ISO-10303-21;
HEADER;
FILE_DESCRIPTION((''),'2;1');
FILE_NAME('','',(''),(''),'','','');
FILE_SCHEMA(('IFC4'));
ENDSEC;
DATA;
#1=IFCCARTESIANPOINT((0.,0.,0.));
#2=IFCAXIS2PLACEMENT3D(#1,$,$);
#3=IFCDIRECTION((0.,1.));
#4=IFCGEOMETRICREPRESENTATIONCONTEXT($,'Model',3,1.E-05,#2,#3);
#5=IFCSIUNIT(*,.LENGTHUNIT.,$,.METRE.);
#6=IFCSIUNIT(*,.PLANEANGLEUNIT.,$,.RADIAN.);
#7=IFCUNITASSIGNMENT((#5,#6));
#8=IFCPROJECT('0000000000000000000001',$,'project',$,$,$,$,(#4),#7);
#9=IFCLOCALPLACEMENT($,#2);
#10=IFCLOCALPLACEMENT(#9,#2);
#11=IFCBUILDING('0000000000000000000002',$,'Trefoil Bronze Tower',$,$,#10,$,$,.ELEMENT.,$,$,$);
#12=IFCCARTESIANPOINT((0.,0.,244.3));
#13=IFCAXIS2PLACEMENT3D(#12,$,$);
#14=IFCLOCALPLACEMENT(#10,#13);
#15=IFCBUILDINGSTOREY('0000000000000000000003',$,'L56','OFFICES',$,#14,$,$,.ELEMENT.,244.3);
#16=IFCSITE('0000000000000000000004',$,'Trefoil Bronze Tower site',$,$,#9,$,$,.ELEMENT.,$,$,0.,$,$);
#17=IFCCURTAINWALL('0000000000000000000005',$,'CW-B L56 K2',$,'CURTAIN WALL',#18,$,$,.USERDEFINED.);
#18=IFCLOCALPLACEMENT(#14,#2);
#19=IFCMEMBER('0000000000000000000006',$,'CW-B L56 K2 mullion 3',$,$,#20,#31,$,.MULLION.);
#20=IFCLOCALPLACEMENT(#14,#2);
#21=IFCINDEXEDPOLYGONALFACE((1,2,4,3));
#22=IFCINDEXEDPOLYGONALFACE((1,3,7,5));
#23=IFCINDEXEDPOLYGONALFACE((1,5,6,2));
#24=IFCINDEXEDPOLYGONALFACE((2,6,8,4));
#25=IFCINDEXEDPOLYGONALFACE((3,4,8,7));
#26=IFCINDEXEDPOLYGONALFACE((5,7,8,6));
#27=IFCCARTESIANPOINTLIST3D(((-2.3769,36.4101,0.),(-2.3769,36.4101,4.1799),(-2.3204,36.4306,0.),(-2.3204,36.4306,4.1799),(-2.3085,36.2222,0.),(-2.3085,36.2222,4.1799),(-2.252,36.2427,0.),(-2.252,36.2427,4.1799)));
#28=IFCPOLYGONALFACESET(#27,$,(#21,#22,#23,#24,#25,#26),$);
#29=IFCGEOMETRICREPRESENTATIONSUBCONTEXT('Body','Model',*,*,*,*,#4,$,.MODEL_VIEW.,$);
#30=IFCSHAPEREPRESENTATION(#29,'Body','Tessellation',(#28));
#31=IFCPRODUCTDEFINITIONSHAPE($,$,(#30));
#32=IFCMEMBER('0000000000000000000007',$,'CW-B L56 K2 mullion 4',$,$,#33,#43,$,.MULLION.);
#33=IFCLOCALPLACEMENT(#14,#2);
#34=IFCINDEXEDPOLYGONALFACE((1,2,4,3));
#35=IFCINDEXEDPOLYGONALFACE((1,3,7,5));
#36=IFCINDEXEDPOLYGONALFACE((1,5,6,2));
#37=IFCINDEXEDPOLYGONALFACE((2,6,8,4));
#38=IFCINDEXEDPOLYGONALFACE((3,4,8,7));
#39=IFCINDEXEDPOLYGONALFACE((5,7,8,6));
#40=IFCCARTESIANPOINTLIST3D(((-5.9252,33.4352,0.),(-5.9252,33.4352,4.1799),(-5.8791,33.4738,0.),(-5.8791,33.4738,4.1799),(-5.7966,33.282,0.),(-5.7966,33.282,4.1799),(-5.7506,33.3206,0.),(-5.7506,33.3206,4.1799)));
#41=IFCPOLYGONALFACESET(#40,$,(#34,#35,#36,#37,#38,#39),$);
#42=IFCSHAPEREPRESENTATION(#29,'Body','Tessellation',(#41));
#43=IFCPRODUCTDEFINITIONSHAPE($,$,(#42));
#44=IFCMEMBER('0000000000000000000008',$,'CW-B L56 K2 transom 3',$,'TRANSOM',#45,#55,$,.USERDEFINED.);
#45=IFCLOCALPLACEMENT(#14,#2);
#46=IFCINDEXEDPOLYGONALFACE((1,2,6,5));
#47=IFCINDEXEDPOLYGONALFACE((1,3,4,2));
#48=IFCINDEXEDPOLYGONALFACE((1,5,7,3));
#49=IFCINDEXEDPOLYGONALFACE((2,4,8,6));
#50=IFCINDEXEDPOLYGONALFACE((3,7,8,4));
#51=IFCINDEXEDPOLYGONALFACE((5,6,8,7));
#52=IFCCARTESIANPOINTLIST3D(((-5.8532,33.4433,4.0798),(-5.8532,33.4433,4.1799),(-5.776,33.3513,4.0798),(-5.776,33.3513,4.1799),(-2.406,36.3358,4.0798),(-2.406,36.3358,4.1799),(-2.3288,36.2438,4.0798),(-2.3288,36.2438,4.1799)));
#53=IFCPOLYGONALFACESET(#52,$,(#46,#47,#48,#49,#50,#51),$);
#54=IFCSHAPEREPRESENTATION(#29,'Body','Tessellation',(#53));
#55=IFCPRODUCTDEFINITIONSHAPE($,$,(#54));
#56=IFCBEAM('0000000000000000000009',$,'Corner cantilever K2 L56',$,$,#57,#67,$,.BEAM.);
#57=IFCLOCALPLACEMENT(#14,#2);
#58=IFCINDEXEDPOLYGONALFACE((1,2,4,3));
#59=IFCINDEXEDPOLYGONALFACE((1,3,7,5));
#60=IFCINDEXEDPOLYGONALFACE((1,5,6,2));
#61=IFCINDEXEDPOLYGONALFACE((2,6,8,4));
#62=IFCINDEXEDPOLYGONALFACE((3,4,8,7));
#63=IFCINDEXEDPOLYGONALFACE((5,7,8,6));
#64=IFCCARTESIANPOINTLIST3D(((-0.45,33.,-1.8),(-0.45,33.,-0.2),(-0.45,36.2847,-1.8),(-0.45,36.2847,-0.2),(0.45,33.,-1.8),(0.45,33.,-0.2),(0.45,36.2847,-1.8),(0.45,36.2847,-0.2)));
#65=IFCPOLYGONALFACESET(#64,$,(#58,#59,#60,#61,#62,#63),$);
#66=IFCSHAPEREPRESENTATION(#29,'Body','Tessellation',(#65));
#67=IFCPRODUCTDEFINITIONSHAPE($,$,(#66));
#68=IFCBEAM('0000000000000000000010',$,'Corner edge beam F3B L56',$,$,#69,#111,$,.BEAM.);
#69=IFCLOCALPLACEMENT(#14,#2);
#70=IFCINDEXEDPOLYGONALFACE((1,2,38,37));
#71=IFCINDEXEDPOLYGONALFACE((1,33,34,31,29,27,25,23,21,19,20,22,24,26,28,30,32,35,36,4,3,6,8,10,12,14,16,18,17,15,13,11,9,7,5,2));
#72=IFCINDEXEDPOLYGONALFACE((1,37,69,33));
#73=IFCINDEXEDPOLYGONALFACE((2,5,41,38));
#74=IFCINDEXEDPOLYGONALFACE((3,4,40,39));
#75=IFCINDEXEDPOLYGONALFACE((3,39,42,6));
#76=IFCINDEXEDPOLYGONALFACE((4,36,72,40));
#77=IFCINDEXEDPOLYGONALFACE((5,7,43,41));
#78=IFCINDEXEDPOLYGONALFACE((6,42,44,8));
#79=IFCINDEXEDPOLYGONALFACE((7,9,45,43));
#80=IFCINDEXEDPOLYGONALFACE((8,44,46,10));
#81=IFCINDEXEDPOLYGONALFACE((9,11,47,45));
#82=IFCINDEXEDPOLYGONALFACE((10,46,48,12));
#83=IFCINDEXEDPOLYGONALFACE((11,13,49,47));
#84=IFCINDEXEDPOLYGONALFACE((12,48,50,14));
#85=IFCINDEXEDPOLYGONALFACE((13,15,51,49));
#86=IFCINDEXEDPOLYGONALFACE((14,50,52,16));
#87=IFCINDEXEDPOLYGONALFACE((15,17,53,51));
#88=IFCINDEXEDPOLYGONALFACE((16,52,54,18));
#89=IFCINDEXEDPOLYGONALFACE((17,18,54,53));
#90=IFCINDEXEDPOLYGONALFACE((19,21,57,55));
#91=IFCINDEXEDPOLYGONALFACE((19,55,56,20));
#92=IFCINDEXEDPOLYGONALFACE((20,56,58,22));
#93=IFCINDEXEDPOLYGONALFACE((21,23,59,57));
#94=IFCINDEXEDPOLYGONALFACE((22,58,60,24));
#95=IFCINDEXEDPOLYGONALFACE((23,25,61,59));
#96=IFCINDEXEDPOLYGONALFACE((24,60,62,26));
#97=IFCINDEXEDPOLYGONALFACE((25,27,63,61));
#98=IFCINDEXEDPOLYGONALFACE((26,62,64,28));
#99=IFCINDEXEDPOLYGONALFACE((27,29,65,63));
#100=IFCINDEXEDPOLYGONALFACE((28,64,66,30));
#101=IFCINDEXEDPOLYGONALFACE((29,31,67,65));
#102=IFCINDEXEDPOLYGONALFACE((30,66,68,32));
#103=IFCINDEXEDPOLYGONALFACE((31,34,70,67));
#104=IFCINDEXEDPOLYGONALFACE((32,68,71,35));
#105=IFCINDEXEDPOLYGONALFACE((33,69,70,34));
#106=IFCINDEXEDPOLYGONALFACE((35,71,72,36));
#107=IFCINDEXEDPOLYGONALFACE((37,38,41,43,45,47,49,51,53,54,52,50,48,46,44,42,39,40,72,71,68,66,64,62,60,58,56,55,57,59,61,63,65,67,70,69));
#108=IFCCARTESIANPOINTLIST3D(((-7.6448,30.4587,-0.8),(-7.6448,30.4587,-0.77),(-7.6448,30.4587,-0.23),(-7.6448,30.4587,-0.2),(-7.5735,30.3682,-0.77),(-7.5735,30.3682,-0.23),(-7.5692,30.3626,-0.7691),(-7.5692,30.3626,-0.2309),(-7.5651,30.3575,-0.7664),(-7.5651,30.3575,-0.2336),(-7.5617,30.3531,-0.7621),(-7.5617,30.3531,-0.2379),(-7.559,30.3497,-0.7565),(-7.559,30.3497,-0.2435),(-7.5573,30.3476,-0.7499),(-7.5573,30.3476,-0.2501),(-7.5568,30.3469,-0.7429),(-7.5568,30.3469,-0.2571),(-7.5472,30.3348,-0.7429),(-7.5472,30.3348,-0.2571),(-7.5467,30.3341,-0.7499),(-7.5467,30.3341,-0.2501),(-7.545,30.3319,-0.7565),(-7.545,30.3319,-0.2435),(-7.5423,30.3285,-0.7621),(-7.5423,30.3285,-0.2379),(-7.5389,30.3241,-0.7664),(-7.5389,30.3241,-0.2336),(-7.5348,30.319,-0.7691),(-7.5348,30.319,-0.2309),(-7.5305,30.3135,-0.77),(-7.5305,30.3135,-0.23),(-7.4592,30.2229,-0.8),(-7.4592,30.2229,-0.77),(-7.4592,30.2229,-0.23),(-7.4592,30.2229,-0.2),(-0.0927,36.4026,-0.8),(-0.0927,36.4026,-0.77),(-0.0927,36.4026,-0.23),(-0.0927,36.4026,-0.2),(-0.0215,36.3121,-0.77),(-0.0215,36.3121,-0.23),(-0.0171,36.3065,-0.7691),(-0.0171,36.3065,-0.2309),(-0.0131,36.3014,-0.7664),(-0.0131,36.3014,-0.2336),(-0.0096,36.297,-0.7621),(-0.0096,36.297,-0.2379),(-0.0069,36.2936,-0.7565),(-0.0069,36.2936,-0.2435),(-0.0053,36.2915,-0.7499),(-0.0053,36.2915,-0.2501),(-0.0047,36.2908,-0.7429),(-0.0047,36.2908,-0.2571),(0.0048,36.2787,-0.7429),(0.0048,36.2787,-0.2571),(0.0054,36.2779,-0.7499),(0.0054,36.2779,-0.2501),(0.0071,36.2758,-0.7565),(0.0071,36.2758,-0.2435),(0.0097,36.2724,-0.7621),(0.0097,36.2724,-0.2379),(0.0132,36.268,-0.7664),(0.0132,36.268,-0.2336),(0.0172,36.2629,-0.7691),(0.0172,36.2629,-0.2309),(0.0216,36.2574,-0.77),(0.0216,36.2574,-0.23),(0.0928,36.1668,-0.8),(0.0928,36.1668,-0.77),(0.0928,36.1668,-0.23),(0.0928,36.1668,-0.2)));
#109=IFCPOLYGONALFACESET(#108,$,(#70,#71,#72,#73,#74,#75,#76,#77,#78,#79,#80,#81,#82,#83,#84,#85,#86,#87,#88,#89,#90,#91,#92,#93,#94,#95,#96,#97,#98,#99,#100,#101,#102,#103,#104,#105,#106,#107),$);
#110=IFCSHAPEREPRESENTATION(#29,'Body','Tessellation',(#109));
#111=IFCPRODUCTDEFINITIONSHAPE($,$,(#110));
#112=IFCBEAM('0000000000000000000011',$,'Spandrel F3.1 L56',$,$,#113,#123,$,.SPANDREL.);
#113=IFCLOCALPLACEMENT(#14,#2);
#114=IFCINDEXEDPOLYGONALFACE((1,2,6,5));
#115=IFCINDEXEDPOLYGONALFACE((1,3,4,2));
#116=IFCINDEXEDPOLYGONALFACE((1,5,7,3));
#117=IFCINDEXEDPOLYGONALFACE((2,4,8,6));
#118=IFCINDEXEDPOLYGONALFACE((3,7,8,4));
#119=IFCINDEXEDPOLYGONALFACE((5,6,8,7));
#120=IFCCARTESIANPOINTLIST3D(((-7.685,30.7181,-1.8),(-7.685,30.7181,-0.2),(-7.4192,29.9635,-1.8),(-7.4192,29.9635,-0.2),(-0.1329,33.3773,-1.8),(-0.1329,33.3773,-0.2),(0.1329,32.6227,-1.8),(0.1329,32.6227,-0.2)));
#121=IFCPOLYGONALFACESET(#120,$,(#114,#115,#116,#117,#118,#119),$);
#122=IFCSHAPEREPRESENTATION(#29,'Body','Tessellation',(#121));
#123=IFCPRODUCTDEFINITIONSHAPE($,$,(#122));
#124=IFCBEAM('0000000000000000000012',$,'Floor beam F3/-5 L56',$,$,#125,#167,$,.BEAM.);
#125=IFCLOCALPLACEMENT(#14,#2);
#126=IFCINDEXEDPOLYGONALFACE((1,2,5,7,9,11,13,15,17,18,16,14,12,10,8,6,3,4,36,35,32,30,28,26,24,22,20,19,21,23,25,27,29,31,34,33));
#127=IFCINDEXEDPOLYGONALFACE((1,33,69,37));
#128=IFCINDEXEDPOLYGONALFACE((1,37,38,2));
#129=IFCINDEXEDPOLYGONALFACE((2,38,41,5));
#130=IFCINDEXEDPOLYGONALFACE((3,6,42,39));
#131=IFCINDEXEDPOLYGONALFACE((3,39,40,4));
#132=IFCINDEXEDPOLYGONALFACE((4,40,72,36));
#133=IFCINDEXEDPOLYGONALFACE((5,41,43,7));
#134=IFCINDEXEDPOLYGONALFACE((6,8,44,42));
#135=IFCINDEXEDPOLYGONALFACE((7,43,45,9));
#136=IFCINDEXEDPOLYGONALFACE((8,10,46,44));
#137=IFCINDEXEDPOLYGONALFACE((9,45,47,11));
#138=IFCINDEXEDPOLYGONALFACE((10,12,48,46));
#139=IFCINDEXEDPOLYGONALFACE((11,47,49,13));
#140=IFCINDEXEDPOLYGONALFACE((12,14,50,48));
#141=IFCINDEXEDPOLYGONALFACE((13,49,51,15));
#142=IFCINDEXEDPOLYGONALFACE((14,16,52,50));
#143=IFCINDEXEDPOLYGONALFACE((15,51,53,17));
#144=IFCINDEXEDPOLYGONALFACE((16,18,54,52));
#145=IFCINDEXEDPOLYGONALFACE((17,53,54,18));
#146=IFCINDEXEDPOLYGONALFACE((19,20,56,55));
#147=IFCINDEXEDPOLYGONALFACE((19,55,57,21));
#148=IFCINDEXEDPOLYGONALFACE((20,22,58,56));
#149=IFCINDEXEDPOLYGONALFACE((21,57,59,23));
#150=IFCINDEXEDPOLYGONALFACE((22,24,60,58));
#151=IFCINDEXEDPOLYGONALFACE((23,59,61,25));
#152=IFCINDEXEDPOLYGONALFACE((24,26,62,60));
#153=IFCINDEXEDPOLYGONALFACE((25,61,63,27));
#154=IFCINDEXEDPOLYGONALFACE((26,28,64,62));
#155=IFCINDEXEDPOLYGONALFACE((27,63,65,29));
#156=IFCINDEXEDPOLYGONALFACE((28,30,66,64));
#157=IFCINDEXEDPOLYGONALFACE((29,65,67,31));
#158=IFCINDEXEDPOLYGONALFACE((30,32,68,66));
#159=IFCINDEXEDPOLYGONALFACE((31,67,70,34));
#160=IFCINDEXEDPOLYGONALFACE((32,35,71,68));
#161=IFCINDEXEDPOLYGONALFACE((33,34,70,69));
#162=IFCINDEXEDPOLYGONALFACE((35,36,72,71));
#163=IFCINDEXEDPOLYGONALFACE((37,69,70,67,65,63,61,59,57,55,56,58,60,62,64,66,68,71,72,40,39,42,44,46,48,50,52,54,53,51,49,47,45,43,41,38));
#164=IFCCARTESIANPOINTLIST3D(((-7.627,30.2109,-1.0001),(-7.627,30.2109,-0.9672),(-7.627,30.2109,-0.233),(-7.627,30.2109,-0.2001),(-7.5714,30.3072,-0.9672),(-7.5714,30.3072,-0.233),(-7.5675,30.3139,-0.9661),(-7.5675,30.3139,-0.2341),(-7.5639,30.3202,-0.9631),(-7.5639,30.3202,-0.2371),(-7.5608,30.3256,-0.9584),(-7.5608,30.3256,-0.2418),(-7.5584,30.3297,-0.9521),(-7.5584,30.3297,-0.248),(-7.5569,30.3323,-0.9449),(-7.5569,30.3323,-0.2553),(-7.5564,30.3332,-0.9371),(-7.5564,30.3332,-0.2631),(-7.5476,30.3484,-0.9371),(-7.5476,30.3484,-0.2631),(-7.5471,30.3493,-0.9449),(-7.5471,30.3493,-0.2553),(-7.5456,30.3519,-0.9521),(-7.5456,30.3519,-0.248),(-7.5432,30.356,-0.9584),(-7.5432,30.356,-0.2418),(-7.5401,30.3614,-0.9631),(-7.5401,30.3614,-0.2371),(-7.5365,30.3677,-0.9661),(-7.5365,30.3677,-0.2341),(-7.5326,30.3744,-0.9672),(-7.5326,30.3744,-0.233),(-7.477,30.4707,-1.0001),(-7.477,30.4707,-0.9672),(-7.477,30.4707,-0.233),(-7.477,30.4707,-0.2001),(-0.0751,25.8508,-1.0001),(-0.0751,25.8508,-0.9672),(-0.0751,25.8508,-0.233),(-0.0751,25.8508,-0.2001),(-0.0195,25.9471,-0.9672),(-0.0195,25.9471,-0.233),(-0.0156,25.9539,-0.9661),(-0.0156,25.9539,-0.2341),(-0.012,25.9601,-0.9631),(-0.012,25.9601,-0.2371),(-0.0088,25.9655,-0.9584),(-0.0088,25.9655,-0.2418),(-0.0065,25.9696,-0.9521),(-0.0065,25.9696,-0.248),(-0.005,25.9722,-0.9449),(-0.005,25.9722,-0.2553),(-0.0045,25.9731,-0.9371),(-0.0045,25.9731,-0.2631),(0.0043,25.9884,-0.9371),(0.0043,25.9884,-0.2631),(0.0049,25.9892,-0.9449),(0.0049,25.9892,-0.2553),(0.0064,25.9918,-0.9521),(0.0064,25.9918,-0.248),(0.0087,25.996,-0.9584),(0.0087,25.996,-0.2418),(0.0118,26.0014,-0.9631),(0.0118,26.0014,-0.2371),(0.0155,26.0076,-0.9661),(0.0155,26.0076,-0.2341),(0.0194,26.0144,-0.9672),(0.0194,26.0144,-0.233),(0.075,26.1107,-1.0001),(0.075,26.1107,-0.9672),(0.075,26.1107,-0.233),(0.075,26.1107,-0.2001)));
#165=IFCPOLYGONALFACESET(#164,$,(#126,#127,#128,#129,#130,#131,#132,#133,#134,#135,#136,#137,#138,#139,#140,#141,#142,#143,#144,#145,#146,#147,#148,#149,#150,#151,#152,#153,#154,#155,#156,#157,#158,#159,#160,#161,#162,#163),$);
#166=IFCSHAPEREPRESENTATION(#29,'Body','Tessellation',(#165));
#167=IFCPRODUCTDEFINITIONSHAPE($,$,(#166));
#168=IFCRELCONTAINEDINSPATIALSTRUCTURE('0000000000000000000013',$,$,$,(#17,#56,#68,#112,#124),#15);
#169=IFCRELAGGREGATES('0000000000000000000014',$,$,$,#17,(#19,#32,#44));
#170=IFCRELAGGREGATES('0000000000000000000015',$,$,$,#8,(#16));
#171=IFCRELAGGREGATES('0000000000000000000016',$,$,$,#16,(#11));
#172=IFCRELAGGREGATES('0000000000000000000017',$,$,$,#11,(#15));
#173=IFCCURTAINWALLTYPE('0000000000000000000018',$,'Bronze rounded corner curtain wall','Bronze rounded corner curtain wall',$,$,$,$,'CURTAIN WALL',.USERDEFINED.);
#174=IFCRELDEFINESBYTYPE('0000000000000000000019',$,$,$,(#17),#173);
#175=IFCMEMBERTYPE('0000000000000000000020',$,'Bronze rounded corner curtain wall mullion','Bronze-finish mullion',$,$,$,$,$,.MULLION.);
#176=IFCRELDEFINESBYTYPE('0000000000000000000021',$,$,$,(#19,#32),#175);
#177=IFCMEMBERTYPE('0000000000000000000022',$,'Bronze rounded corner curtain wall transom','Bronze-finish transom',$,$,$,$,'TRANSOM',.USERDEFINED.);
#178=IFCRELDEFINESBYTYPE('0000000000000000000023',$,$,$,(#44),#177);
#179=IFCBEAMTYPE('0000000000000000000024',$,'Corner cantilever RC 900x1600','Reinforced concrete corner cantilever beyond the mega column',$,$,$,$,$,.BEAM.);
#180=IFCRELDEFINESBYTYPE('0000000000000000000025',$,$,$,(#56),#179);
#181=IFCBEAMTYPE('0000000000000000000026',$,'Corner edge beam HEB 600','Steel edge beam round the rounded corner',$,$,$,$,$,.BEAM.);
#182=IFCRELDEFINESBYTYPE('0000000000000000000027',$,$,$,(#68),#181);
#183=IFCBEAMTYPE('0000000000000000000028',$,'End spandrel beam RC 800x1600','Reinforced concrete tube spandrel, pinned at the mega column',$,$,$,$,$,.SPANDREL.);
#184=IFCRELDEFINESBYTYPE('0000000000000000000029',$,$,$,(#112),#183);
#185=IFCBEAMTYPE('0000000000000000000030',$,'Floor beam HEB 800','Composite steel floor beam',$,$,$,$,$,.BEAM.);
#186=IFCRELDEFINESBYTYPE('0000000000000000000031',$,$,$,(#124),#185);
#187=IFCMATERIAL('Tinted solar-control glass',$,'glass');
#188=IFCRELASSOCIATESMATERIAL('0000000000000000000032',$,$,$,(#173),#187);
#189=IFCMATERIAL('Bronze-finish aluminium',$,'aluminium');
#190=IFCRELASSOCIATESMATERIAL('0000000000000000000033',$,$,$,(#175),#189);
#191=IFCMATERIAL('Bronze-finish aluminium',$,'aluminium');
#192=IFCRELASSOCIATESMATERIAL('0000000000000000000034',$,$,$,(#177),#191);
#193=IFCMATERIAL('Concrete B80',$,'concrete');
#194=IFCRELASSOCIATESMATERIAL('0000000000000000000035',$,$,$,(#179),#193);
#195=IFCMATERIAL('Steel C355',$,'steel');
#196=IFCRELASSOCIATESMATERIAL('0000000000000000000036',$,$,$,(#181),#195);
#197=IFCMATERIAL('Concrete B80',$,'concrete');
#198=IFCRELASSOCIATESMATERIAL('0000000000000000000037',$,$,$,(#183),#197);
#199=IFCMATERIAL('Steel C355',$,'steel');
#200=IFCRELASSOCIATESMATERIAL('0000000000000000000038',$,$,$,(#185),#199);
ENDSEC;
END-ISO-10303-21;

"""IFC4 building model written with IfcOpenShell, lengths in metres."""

from ifc_helpers import new_model, si_unit, direction, frame, origin, origin_2d, place, context, subcontext, project, spatial, rectangle, i_section, extrude, material, material_profile, profile_set, type_object, element, aggregate, save


model = new_model("IFC4")

# Units and contexts
model_context = context("Model", 3, precision=1e-05, world=origin(), true_north=direction((0.0, 1.0)))
body_context = subcontext(model_context, "Body", "Model", "MODEL_VIEW")
ifc_project = project(units=[si_unit("LENGTHUNIT", "METRE"), si_unit("PLANEANGLEUNIT", "RADIAN")], contexts=[model_context])

# Site, building, storey
site_placement = place(None, origin())
site = spatial("IfcSite", under=ifc_project, at=site_placement, Name="Trefoil Bronze Tower site", CompositionType="ELEMENT", RefElevation=0.0)
building_placement = place(site_placement, origin())
building = spatial("IfcBuilding", under=site, at=building_placement, Name="Trefoil Bronze Tower", CompositionType="ELEMENT")
storey_placement = place(building_placement, frame((0.0, 0.0, 244.3)))
storey = spatial("IfcBuildingStorey", under=building, at=storey_placement, Name="L56", Description="OFFICES", CompositionType="ELEMENT", Elevation=244.3)

# Curtain wall, members
ifc_material_1 = material(Name="Tinted solar-control glass", Category="glass")
curtain_wall_type_1 = type_object("IfcCurtainWallType", Name="Bronze rounded corner curtain wall", Description="Bronze rounded corner curtain wall", ElementType="CURTAIN WALL", PredefinedType="USERDEFINED", material=ifc_material_1)
curtain_wall_1_placement = place(storey_placement, origin())
curtain_wall_1 = element("IfcCurtainWall", 1, at=curtain_wall_1_placement, inside=storey, type_object=curtain_wall_type_1, Name="CW-B L56 K2", ObjectType="CURTAIN WALL", PredefinedType="USERDEFINED")
ifc_material_2 = material(Name="Bronze-finish aluminium", Category="aluminium")
ifc_material_profile_1 = material_profile(ifc_material_2, rectangle(XDim=0.2, YDim=0.0601, at=origin_2d()), Name="CW-B mullion")
ifc_profile_set_1 = profile_set([ifc_material_profile_1], Name="Bronze-finish aluminium")
member_type_1 = type_object("IfcMemberType", Name="Bronze rounded corner curtain wall mullion", Description="Bronze-finish mullion", PredefinedType="MULLION", material=ifc_profile_set_1)
member_1_placement = place(storey_placement, frame((-2.3145, 36.3264, 0.0), z_axis=(0.0, 0.0, 1.0), x_axis=(0.34202, -0.939693, 0.0)))
member_1 = element("IfcMember", 2, at=member_1_placement, type_object=member_type_1, Name="CW-B L56 K2 mullion 3", PredefinedType="MULLION", context=body_context, shape_type="SweptSolid", body=[
    extrude(rectangle(XDim=0.2, YDim=0.0601, at=origin_2d()), origin(), (0.0, 0.0, 1.0), 4.1799),
])
member_2_placement = place(storey_placement, frame((-5.8379, 33.3779, 0.0), z_axis=(0.0, 0.0, 1.0), x_axis=(0.642788, -0.766044, 0.0)))
member_2 = element("IfcMember", 3, at=member_2_placement, type_object=member_type_1, Name="CW-B L56 K2 mullion 4", PredefinedType="MULLION", context=body_context, shape_type="SweptSolid", body=[
    extrude(rectangle(XDim=0.2, YDim=0.0601, at=origin_2d()), origin(), (0.0, 0.0, 1.0), 4.1799),
])
ifc_material_3 = material(Name="Bronze-finish aluminium", Category="aluminium")
ifc_material_profile_2 = material_profile(ifc_material_3, rectangle(XDim=0.1201, YDim=0.1001, at=origin_2d()), Name="CW-B transom")
ifc_profile_set_2 = profile_set([ifc_material_profile_2], Name="Bronze-finish aluminium")
member_type_2 = type_object("IfcMemberType", Name="Bronze rounded corner curtain wall transom", Description="Bronze-finish transom", ElementType="TRANSOM", PredefinedType="USERDEFINED", material=ifc_profile_set_2)
member_3_placement = place(storey_placement, frame((-2.3674, 36.2898, 4.1299), z_axis=(-0.766047, -0.642785, 0.0), x_axis=(0.642785, -0.766047, 0.0)))
member_3 = element("IfcMember", 4, at=member_3_placement, type_object=member_type_2, Name="CW-B L56 K2 transom 3", ObjectType="TRANSOM", PredefinedType="USERDEFINED", context=body_context, shape_type="SweptSolid", body=[
    extrude(rectangle(XDim=0.1201, YDim=0.1001, at=origin_2d()), origin(), (0.0, 0.0, 1.0), 4.5),
])

# Beams
ifc_material_4 = material(Name="Concrete B80", Category="concrete")
ifc_material_profile_3 = material_profile(ifc_material_4, rectangle(XDim=0.8999, YDim=1.6001, at=origin_2d()), Name="RC 900x1600")
ifc_profile_set_3 = profile_set([ifc_material_profile_3], Name="Concrete B80")
beam_type_1 = type_object("IfcBeamType", Name="Corner cantilever RC 900x1600", Description="Reinforced concrete corner cantilever beyond the mega column", PredefinedType="BEAM", material=ifc_profile_set_3)
beam_1_placement = place(storey_placement, frame((0.0, 33.0, -1.0), z_axis=(0.0, 1.0, 0.0), x_axis=(-1.0, 0.0, 0.0)))
element("IfcBeam", 5, at=beam_1_placement, inside=storey, type_object=beam_type_1, Name="Corner cantilever K2 L56", PredefinedType="BEAM", context=body_context, shape_type="SweptSolid", body=[
    extrude(rectangle(XDim=0.8999, YDim=1.6001, at=origin_2d()), origin(), (0.0, 0.0, 1.0), 3.2847),
])
ifc_material_5 = material(Name="Steel C355", Category="steel")
ifc_material_profile_4 = material_profile(ifc_material_5, i_section(OverallWidth=0.3, OverallDepth=0.6001, WebThickness=0.0154, FlangeThickness=0.03, FilletRadius=0.0271, at=origin_2d()), Name="HEB 600")
ifc_profile_set_4 = profile_set([ifc_material_profile_4], Name="Steel C355")
beam_type_2 = type_object("IfcBeamType", Name="Corner edge beam HEB 600", Description="Steel edge beam round the rounded corner", PredefinedType="BEAM", material=ifc_profile_set_4)
beam_2_placement = place(storey_placement, frame((-7.552, 30.3408, -0.5), z_axis=(0.785806, 0.618473, 0.0), x_axis=(-0.618473, 0.785806, 0.0)))
element("IfcBeam", 6, at=beam_2_placement, inside=storey, type_object=beam_type_2, Name="Corner edge beam F3B L56", PredefinedType="BEAM", context=body_context, shape_type="SweptSolid", body=[
    extrude(i_section(OverallWidth=0.3, OverallDepth=0.6001, WebThickness=0.0154, FlangeThickness=0.03, FilletRadius=0.0271, at=origin_2d()), origin(), (0.0, 0.0, 1.0), 9.6106),
])
ifc_material_6 = material(Name="Concrete B80", Category="concrete")
ifc_material_profile_5 = material_profile(ifc_material_6, rectangle(XDim=0.8, YDim=1.6001, at=origin_2d()), Name="RC 800x1600")
ifc_profile_set_5 = profile_set([ifc_material_profile_5], Name="Concrete B80")
beam_type_3 = type_object("IfcBeamType", Name="End spandrel beam RC 800x1600", Description="Reinforced concrete tube spandrel, pinned at the mega column", PredefinedType="SPANDREL", material=ifc_profile_set_5)
beam_3_placement = place(storey_placement, frame((0.0, 33.0, -1.0), z_axis=(-0.943234, -0.332128, 0.0), x_axis=(0.332128, -0.943234, 0.0)))
element("IfcBeam", 7, at=beam_3_placement, inside=storey, type_object=beam_type_3, Name="Spandrel F3.1 L56", PredefinedType="SPANDREL", context=body_context, shape_type="SweptSolid", body=[
    extrude(rectangle(XDim=0.8, YDim=1.6001, at=origin_2d()), origin(), (0.0, 0.0, 1.0), 8.0066),
])
ifc_material_7 = material(Name="Steel C355", Category="steel")
ifc_material_profile_6 = material_profile(ifc_material_7, i_section(OverallWidth=0.3, OverallDepth=0.8, WebThickness=0.0176, FlangeThickness=0.033, FilletRadius=0.03, at=origin_2d()), Name="HEB 800")
ifc_profile_set_6 = profile_set([ifc_material_profile_6], Name="Steel C355")
beam_type_4 = type_object("IfcBeamType", Name="Floor beam HEB 800", Description="Composite steel floor beam", PredefinedType="BEAM", material=ifc_profile_set_6)
beam_4_placement = place(storey_placement, frame((-7.552, 30.3408, -0.6001), z_axis=(0.866028, -0.499996, 0.0), x_axis=(0.499996, 0.866028, 0.0)))
element("IfcBeam", 8, at=beam_4_placement, inside=storey, type_object=beam_type_4, Name="Floor beam F3/-5 L56", PredefinedType="BEAM", context=body_context, shape_type="SweptSolid", body=[
    extrude(i_section(OverallWidth=0.3, OverallDepth=0.8, WebThickness=0.0176, FlangeThickness=0.033, FilletRadius=0.03, at=origin_2d()), origin(), (0.0, 0.0, 1.0), 8.7202),
])

aggregate(curtain_wall_1, [member_1, member_2, member_3])

save(model, "model.ifc")
